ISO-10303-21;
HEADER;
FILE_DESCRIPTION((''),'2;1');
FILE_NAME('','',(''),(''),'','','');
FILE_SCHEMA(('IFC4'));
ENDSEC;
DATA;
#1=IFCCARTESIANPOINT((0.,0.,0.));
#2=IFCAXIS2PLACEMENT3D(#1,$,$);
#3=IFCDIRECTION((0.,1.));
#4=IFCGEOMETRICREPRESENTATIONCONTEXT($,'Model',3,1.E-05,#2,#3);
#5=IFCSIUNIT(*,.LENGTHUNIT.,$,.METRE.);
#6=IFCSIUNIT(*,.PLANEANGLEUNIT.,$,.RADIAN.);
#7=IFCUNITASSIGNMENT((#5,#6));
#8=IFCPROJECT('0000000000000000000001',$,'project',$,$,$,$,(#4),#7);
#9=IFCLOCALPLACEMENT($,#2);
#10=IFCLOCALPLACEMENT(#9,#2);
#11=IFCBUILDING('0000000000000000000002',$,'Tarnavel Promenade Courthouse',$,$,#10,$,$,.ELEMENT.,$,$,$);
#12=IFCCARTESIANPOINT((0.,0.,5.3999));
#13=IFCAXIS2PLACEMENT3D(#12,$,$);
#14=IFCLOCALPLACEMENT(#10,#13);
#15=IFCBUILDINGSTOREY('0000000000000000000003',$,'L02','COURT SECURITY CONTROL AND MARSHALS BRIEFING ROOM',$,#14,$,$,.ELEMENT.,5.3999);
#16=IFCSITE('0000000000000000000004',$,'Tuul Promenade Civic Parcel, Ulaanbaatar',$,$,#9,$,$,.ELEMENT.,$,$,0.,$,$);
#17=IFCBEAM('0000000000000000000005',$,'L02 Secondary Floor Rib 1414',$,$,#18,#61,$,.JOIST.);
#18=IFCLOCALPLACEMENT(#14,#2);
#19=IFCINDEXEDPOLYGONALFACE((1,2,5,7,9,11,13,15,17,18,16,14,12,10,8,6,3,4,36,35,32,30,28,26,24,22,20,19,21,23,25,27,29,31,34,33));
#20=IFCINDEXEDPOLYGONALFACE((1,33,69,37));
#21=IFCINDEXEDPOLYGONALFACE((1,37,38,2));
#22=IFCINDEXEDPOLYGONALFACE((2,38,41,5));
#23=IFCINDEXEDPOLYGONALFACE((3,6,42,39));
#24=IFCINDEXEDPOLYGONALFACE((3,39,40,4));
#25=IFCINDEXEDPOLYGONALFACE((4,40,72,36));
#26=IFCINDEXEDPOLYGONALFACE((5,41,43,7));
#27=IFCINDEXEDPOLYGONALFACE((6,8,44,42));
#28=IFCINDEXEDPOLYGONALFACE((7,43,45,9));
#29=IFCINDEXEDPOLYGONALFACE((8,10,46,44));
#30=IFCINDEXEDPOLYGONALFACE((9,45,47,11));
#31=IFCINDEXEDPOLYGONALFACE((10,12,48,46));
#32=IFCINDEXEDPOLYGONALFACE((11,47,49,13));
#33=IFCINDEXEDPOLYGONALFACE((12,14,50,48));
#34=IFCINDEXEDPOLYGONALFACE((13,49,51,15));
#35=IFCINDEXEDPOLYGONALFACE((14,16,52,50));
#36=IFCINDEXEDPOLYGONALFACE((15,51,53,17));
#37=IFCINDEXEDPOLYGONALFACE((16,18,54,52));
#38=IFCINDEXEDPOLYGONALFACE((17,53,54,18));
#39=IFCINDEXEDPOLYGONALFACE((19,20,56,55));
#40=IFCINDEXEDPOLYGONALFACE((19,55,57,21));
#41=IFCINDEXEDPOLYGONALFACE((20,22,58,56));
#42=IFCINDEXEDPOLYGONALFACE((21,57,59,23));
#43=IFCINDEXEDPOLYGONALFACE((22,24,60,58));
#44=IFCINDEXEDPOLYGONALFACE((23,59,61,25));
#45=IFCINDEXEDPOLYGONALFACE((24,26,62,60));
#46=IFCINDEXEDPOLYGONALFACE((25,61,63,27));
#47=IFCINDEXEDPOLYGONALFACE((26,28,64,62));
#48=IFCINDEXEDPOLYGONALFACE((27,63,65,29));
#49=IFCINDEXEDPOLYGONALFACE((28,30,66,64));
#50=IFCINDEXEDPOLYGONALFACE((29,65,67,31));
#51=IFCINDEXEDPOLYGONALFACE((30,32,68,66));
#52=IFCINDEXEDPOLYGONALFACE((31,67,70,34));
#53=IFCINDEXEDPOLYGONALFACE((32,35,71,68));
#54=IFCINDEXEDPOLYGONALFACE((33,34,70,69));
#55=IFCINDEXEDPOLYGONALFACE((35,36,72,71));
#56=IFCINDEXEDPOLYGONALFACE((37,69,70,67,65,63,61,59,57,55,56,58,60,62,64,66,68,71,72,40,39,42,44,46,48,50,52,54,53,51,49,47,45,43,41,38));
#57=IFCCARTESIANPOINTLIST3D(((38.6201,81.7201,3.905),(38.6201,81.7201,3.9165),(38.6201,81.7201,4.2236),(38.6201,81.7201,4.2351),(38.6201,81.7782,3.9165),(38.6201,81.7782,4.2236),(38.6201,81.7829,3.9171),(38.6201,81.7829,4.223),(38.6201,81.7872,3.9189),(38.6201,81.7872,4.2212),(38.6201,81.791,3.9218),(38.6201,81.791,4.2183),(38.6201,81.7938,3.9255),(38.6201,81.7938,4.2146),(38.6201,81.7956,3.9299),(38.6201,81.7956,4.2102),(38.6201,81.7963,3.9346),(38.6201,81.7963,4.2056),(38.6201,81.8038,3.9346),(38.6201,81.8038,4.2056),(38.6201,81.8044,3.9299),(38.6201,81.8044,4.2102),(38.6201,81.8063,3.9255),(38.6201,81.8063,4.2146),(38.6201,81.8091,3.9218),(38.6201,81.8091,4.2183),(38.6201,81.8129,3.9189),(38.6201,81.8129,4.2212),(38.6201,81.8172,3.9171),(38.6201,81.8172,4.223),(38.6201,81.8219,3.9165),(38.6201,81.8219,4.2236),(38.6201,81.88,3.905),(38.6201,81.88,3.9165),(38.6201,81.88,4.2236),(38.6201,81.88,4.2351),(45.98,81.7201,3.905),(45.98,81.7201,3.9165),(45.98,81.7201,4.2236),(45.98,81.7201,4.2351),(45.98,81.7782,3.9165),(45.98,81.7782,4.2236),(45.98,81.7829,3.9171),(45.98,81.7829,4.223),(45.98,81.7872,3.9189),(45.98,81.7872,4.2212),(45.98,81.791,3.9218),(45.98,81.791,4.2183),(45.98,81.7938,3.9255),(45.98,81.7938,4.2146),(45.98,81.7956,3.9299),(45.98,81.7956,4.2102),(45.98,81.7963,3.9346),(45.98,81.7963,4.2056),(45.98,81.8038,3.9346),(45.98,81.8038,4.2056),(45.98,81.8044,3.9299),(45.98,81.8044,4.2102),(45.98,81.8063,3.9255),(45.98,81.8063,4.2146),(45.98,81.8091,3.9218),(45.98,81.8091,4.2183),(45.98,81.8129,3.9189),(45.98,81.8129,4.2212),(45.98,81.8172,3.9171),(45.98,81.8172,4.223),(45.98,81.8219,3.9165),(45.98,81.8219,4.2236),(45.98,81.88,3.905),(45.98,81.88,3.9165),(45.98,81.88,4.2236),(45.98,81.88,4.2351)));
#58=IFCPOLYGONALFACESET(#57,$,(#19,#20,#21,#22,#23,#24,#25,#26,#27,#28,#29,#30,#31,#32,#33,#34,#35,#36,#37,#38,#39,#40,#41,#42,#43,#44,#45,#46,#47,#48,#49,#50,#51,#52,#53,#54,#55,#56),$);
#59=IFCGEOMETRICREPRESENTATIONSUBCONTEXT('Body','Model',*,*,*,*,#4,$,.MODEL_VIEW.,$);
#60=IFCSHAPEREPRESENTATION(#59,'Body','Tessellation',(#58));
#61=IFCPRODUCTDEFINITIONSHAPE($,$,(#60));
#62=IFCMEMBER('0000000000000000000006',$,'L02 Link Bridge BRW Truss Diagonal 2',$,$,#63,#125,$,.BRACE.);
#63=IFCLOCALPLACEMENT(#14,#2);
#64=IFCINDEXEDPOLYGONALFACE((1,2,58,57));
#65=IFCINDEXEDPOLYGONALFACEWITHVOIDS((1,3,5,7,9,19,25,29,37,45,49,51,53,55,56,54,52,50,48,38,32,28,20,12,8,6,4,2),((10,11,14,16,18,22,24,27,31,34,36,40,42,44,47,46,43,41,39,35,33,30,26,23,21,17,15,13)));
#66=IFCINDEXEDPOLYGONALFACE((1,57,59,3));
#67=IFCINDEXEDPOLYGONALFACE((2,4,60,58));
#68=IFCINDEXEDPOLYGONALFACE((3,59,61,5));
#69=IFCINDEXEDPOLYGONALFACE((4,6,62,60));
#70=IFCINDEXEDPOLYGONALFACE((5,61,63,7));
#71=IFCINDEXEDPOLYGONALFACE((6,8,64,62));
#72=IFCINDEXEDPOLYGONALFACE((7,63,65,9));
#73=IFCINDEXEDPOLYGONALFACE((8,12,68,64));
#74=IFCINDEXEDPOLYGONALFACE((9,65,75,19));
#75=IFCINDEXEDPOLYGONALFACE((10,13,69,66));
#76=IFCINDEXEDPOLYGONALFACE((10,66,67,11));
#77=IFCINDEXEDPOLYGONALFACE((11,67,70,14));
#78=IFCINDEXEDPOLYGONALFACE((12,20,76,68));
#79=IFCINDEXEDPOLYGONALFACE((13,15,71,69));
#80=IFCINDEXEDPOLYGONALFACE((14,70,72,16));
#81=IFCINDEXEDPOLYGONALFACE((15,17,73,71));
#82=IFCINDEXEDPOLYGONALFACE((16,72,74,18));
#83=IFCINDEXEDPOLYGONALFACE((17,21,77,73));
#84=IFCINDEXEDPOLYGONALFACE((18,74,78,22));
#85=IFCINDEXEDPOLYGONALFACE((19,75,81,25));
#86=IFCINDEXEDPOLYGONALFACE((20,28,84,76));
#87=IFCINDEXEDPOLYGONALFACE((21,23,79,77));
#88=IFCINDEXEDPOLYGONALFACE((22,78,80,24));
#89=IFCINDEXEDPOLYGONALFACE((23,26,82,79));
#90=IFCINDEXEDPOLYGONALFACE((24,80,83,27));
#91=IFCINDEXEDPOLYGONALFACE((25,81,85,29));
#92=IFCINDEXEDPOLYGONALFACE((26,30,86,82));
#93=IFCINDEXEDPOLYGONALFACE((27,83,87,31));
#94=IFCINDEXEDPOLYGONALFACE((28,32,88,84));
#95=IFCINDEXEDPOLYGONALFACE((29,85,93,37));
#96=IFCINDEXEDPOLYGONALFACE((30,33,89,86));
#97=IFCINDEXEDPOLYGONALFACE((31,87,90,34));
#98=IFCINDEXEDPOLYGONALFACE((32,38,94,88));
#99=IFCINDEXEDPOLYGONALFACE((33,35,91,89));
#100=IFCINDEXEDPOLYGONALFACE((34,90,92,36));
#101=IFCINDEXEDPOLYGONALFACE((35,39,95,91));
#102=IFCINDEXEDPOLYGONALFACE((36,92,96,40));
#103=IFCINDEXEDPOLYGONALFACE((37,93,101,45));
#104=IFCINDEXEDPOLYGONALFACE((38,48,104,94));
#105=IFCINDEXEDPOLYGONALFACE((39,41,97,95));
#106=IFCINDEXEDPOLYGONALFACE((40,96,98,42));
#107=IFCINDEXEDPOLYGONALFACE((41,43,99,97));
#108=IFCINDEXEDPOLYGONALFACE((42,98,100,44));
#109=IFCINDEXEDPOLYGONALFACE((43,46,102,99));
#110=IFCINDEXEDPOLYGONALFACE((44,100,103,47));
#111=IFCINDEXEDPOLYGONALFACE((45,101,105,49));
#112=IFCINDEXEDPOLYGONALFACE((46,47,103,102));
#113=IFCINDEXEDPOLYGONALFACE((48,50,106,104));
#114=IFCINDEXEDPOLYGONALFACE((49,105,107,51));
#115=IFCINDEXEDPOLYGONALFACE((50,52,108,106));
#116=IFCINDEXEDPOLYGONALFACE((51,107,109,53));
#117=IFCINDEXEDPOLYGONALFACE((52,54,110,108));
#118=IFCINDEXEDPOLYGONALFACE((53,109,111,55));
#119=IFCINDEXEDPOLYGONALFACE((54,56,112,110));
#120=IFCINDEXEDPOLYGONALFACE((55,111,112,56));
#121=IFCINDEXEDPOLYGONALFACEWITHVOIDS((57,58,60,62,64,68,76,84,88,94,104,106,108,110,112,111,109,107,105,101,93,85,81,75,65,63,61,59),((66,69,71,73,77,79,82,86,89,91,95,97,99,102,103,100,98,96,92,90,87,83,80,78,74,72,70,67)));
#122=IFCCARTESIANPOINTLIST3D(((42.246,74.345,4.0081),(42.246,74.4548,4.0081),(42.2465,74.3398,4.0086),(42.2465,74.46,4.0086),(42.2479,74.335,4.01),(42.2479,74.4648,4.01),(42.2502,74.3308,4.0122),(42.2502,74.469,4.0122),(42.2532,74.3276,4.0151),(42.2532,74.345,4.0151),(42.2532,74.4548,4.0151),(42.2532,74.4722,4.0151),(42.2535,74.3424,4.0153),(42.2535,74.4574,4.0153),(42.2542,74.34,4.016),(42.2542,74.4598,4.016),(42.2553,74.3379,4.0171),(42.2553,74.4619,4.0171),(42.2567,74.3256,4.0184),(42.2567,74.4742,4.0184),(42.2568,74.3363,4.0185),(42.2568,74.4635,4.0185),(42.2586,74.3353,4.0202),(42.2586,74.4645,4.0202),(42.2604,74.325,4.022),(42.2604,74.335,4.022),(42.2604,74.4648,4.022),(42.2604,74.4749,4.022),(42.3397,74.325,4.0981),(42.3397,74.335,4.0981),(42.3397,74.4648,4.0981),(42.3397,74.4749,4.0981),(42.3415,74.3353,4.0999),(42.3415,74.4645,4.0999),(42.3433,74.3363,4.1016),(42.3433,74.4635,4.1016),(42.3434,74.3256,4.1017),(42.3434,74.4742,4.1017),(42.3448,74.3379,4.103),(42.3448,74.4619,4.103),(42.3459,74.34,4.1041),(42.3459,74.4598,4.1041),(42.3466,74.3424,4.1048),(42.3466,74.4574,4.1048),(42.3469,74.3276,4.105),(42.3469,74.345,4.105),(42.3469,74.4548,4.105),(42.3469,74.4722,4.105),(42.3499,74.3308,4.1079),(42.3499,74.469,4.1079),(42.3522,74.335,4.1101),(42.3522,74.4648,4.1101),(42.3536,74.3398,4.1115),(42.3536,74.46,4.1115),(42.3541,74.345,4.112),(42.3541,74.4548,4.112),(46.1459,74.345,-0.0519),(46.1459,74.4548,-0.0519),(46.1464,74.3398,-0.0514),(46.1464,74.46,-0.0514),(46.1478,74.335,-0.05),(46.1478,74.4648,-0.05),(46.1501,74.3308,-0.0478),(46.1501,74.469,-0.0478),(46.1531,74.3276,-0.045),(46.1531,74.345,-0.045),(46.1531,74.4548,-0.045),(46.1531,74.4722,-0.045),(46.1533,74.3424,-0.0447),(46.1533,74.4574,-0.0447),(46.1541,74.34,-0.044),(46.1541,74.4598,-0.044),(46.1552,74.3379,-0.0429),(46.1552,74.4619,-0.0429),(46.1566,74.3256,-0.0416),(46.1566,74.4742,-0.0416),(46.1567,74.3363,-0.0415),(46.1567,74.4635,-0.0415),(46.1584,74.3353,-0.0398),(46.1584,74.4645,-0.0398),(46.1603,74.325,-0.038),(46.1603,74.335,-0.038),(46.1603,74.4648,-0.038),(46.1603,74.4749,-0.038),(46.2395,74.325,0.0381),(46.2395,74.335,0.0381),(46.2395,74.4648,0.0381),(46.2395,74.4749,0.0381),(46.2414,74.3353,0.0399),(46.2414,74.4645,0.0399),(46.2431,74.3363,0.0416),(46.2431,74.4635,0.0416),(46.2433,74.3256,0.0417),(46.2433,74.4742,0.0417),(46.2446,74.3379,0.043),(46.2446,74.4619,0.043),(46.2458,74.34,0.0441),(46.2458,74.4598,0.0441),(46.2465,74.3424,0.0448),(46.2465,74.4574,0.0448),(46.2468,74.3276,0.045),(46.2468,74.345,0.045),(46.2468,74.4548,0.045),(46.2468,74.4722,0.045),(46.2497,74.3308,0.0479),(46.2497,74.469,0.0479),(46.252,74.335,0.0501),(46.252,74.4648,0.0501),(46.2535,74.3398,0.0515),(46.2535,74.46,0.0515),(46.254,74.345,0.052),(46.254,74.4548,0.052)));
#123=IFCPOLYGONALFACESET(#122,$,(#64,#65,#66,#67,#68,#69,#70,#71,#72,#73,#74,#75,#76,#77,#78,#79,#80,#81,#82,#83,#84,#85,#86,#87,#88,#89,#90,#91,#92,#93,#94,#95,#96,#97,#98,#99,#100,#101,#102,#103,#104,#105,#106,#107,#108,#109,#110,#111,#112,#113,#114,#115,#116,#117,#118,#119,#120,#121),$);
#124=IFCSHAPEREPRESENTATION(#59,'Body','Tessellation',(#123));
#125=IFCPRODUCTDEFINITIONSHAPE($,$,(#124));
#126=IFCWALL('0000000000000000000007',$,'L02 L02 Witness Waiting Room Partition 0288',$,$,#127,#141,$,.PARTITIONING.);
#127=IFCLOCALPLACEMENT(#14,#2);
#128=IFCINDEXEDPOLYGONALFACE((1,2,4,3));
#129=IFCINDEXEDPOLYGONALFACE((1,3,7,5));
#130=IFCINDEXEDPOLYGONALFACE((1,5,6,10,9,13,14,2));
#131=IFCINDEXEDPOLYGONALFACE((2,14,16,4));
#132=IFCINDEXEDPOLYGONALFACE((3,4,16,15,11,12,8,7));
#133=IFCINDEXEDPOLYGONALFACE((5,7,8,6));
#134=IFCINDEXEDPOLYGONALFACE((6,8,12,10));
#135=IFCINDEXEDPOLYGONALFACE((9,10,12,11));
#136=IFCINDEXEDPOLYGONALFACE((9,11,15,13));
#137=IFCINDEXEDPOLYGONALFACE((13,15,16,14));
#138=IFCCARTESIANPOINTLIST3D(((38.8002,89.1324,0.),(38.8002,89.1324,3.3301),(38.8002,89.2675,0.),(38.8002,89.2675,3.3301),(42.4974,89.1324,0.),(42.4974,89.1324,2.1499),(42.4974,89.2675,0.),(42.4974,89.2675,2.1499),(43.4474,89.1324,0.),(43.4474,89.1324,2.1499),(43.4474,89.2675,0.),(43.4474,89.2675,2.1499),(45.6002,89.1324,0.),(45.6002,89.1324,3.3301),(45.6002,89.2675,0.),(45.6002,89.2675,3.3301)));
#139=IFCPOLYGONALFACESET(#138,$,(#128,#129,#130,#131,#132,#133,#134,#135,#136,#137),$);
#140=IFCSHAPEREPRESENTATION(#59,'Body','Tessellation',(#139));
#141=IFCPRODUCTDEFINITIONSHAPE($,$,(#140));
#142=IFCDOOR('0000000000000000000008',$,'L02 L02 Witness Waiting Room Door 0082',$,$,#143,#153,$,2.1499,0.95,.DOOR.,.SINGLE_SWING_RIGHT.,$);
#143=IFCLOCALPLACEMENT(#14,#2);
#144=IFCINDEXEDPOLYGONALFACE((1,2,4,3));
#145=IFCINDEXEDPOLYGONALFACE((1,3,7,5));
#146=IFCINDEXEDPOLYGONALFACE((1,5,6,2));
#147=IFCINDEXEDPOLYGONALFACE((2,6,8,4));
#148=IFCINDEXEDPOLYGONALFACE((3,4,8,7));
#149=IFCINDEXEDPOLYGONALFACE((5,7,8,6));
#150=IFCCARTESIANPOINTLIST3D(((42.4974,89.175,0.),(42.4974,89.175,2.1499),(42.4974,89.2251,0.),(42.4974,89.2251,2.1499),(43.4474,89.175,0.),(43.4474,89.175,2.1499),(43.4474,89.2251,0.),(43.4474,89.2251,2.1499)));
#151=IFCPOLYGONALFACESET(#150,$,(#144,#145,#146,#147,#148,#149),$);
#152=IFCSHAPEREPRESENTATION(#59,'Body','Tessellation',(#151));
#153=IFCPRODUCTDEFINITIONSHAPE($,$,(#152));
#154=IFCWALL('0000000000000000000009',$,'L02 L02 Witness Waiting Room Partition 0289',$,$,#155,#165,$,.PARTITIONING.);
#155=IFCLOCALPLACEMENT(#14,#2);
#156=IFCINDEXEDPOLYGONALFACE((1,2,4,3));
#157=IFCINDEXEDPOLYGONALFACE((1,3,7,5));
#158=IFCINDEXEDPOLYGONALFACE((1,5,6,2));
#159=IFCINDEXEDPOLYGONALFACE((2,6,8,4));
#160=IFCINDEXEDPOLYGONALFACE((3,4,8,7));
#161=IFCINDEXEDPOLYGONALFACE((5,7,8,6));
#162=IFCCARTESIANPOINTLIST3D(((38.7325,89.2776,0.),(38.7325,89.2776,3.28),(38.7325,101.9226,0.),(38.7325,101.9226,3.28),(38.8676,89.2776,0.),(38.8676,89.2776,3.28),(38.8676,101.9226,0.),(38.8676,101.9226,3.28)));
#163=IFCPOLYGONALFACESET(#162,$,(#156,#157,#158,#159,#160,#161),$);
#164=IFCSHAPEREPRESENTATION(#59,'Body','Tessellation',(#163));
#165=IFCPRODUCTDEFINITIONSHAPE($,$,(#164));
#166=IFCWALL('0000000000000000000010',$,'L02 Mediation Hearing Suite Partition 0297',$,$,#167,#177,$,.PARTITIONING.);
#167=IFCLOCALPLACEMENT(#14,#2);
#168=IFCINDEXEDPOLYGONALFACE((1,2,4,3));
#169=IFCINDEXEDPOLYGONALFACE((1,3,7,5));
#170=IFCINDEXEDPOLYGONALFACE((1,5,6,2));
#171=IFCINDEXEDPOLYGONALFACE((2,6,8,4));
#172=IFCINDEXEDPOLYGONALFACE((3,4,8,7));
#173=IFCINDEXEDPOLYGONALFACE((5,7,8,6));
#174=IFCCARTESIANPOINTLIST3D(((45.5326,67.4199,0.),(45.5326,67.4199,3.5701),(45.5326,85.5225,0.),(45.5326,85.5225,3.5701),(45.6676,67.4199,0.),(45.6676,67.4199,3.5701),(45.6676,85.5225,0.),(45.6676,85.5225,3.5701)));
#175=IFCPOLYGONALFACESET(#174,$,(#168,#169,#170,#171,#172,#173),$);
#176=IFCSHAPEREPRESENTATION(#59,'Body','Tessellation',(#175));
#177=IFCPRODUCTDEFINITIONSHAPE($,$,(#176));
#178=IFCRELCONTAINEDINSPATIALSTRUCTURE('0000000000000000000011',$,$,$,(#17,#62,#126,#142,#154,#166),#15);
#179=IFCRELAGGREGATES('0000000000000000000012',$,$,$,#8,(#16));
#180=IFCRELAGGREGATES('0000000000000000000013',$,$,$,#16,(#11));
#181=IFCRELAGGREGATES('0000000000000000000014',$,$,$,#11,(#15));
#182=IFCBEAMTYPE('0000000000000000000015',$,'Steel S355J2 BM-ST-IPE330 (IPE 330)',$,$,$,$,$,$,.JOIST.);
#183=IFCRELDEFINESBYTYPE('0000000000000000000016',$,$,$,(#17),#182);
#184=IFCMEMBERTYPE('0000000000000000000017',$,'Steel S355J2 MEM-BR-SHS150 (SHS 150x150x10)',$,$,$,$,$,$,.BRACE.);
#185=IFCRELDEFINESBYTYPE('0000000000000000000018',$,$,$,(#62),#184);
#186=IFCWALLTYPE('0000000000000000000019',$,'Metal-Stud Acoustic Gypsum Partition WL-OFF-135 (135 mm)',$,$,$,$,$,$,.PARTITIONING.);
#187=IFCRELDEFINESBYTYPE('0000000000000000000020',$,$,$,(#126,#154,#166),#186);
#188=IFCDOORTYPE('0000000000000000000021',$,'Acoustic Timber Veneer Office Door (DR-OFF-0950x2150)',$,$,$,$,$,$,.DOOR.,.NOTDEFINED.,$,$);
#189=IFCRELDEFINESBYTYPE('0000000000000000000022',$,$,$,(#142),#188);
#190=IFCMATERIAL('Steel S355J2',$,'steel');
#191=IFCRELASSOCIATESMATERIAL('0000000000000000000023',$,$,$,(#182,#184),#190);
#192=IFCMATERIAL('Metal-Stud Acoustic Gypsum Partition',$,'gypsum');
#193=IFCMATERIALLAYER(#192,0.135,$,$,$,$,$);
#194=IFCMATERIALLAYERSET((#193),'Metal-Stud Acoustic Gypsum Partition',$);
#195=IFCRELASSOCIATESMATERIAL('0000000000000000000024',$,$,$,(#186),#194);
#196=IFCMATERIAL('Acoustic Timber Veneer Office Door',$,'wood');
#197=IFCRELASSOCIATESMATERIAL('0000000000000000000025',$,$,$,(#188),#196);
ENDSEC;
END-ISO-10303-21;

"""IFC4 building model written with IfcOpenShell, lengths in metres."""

from ifc_helpers import new_model, si_unit, direction, frame, frame_2d, origin, origin_2d, place, context, subcontext, project, spatial, rectangle, hollow_rectangle, i_section, extrude, material, layer, layer_set, material_profile, profile_set, type_object, element, fill, save


model = new_model("IFC4")

# Units and contexts
model_context = context("Model", 3, precision=1e-05, world=origin(), true_north=direction((0.0, 1.0)))
body_context = subcontext(model_context, "Body", "Model", "MODEL_VIEW")
ifc_project = project(units=[si_unit("LENGTHUNIT", "METRE"), si_unit("PLANEANGLEUNIT", "RADIAN")], contexts=[model_context])

# Site, building, storey
site_placement = place(None, origin())
site = spatial("IfcSite", under=ifc_project, at=site_placement, Name="Tuul Promenade Civic Parcel, Ulaanbaatar", CompositionType="ELEMENT", RefElevation=0.0)
building_placement = place(site_placement, origin())
building = spatial("IfcBuilding", under=site, at=building_placement, Name="Tarnavel Promenade Courthouse", CompositionType="ELEMENT")
storey_placement = place(building_placement, frame((0.0, 0.0, 5.3999)))
storey = spatial("IfcBuildingStorey", under=building, at=storey_placement, Name="L02", Description="COURT SECURITY CONTROL AND MARSHALS BRIEFING ROOM", CompositionType="ELEMENT", Elevation=5.3999)

# Beam
ifc_material_1 = material(Name="Steel S355J2", Category="steel")
ifc_material_profile_1 = material_profile(ifc_material_1, i_section(OverallWidth=0.1599, OverallDepth=0.3301, WebThickness=0.0076, FlangeThickness=0.0115, FilletRadius=0.0181, at=origin_2d()), Name="IPE 330")
ifc_profile_set_1 = profile_set([ifc_material_profile_1], Name="Steel S355J2")
beam_type_1 = type_object("IfcBeamType", Name="Steel S355J2 BM-ST-IPE330 (IPE 330)", PredefinedType="JOIST", material=ifc_profile_set_1)
for number, where, z_axis, x_axis, name in (
    (1, (38.6201, 81.8, 4.0701), (1.0, 0.0, 0.0), (0.0, 1.0, 0.0), "L02 Secondary Floor Rib 1414"),
):
    element("IfcBeam", number, at=place(storey_placement, frame(where, z_axis=z_axis, x_axis=x_axis)), inside=storey, type_object=beam_type_1, Name=name, PredefinedType="JOIST", context=body_context, shape_type="SweptSolid", body=[
        extrude(i_section(OverallWidth=0.1599, OverallDepth=0.3301, WebThickness=0.0076, FlangeThickness=0.0115, FilletRadius=0.0181, at=origin_2d()), origin(), (0.0, 0.0, 1.0), 7.3599),
    ])

# Member
ifc_material_profile_2 = material_profile(ifc_material_1, hollow_rectangle(XDim=0.1499, YDim=0.1499, WallThickness=0.01, InnerFilletRadius=0.01, OuterFilletRadius=0.02, at=origin_2d()), Name="SHS 150x150x10")
ifc_profile_set_2 = profile_set([ifc_material_profile_2], Name="Steel S355J2")
member_type = type_object("IfcMemberType", Name="Steel S355J2 MEM-BR-SHS150 (SHS 150x150x10)", PredefinedType="BRACE", material=ifc_profile_set_2)
member_placement = place(storey_placement, frame((42.3, 74.3999, 4.0601), z_axis=(0.692739, 0.0, -0.721188), x_axis=(0.0, 1.0, 0.0)))
element("IfcMember", 2, at=member_placement, inside=storey, type_object=member_type, Name="L02 Link Bridge BRW Truss Diagonal 2", PredefinedType="BRACE", context=body_context, shape_type="SweptSolid", body=[
    extrude(hollow_rectangle(XDim=0.1499, YDim=0.1499, WallThickness=0.01, InnerFilletRadius=0.01, OuterFilletRadius=0.02, at=origin_2d()), origin(), (0.0, 0.0, 1.0), 5.6296),
])

# Wall, opening, door
ifc_material_2 = material(Name="Metal-Stud Acoustic Gypsum Partition", Category="gypsum")
ifc_layer = layer(ifc_material_2, 0.135)
ifc_layer_set = layer_set([ifc_layer], Name="Metal-Stud Acoustic Gypsum Partition")
wall_type = type_object("IfcWallType", Name="Metal-Stud Acoustic Gypsum Partition WL-OFF-135 (135 mm)", PredefinedType="PARTITIONING", material=ifc_layer_set)
wall_1_placement = place(storey_placement, frame((45.6001, 89.2, 0.0), z_axis=(0.0, 0.0, 1.0), x_axis=(-1.0, 0.0, 0.0)))
wall_1 = element("IfcWall", 3, at=wall_1_placement, inside=storey, type_object=wall_type, Name="L02 L02 Witness Waiting Room Partition 0288", PredefinedType="PARTITIONING", context=body_context, shape_type="SweptSolid", body=[
    extrude(rectangle(XDim=6.8, YDim=0.135, at=frame_2d((3.3999, 0.0))), origin(), (0.0, 0.0, 1.0), 3.3301),
])
opening_placement = place(wall_1_placement, frame((2.1526, 0.0, 0.0)))
opening = element("IfcOpeningElement", 4, at=opening_placement, cuts=wall_1, PredefinedType="OPENING", context=body_context, shape_type="SweptSolid", body=[
    extrude(rectangle(XDim=0.95, YDim=2.1499, at=frame_2d((0.4751, 1.075))), frame((0.0, 0.0774, 0.0), z_axis=(0.0, -1.0, 0.0), x_axis=(1.0, 0.0, 0.0)), (0.0, 0.0, 1.0), 0.155),
])
ifc_material_3 = material(Name="Acoustic Timber Veneer Office Door", Category="wood")
door_type = type_object("IfcDoorType", Name="Acoustic Timber Veneer Office Door (DR-OFF-0950x2150)", OperationType="NOTDEFINED", PredefinedType="DOOR", material=ifc_material_3)
door_placement = place(opening_placement, origin())
door = element("IfcDoor", 5, at=door_placement, inside=storey, type_object=door_type, Name="L02 L02 Witness Waiting Room Door 0082", OperationType="SINGLE_SWING_RIGHT", OverallHeight=2.1499, OverallWidth=0.95, PredefinedType="DOOR", context=body_context, shape_type="SweptSolid", body=[
    extrude(rectangle(XDim=0.95, YDim=2.1499, at=frame_2d((0.4751, 1.075))), frame((0.0, 0.0249, 0.0), z_axis=(0.0, -1.0, 0.0), x_axis=(1.0, 0.0, 0.0)), (0.0, 0.0, 1.0), 0.05),
])
fill(opening, door)

# Walls
wall_2_placement = place(storey_placement, frame((38.8, 89.2776, 0.0), z_axis=(0.0, 0.0, 1.0), x_axis=(0.0, 1.0, 0.0)))
element("IfcWall", 6, at=wall_2_placement, inside=storey, type_object=wall_type, Name="L02 L02 Witness Waiting Room Partition 0289", PredefinedType="PARTITIONING", context=body_context, shape_type="SweptSolid", body=[
    extrude(rectangle(XDim=12.645, YDim=0.135, at=frame_2d((6.3225, 0.0))), origin(), (0.0, 0.0, 1.0), 3.28),
])
wall_3_placement = place(storey_placement, frame((45.6001, 85.5225, 0.0), z_axis=(0.0, 0.0, 1.0), x_axis=(0.0, -1.0, 0.0)))
element("IfcWall", 7, at=wall_3_placement, inside=storey, type_object=wall_type, Name="L02 Mediation Hearing Suite Partition 0297", PredefinedType="PARTITIONING", context=body_context, shape_type="SweptSolid", body=[
    extrude(rectangle(XDim=18.1025, YDim=0.135, at=frame_2d((9.0513, 0.0))), origin(), (0.0, 0.0, 1.0), 3.5701),
])

save(model, "model.ifc")
